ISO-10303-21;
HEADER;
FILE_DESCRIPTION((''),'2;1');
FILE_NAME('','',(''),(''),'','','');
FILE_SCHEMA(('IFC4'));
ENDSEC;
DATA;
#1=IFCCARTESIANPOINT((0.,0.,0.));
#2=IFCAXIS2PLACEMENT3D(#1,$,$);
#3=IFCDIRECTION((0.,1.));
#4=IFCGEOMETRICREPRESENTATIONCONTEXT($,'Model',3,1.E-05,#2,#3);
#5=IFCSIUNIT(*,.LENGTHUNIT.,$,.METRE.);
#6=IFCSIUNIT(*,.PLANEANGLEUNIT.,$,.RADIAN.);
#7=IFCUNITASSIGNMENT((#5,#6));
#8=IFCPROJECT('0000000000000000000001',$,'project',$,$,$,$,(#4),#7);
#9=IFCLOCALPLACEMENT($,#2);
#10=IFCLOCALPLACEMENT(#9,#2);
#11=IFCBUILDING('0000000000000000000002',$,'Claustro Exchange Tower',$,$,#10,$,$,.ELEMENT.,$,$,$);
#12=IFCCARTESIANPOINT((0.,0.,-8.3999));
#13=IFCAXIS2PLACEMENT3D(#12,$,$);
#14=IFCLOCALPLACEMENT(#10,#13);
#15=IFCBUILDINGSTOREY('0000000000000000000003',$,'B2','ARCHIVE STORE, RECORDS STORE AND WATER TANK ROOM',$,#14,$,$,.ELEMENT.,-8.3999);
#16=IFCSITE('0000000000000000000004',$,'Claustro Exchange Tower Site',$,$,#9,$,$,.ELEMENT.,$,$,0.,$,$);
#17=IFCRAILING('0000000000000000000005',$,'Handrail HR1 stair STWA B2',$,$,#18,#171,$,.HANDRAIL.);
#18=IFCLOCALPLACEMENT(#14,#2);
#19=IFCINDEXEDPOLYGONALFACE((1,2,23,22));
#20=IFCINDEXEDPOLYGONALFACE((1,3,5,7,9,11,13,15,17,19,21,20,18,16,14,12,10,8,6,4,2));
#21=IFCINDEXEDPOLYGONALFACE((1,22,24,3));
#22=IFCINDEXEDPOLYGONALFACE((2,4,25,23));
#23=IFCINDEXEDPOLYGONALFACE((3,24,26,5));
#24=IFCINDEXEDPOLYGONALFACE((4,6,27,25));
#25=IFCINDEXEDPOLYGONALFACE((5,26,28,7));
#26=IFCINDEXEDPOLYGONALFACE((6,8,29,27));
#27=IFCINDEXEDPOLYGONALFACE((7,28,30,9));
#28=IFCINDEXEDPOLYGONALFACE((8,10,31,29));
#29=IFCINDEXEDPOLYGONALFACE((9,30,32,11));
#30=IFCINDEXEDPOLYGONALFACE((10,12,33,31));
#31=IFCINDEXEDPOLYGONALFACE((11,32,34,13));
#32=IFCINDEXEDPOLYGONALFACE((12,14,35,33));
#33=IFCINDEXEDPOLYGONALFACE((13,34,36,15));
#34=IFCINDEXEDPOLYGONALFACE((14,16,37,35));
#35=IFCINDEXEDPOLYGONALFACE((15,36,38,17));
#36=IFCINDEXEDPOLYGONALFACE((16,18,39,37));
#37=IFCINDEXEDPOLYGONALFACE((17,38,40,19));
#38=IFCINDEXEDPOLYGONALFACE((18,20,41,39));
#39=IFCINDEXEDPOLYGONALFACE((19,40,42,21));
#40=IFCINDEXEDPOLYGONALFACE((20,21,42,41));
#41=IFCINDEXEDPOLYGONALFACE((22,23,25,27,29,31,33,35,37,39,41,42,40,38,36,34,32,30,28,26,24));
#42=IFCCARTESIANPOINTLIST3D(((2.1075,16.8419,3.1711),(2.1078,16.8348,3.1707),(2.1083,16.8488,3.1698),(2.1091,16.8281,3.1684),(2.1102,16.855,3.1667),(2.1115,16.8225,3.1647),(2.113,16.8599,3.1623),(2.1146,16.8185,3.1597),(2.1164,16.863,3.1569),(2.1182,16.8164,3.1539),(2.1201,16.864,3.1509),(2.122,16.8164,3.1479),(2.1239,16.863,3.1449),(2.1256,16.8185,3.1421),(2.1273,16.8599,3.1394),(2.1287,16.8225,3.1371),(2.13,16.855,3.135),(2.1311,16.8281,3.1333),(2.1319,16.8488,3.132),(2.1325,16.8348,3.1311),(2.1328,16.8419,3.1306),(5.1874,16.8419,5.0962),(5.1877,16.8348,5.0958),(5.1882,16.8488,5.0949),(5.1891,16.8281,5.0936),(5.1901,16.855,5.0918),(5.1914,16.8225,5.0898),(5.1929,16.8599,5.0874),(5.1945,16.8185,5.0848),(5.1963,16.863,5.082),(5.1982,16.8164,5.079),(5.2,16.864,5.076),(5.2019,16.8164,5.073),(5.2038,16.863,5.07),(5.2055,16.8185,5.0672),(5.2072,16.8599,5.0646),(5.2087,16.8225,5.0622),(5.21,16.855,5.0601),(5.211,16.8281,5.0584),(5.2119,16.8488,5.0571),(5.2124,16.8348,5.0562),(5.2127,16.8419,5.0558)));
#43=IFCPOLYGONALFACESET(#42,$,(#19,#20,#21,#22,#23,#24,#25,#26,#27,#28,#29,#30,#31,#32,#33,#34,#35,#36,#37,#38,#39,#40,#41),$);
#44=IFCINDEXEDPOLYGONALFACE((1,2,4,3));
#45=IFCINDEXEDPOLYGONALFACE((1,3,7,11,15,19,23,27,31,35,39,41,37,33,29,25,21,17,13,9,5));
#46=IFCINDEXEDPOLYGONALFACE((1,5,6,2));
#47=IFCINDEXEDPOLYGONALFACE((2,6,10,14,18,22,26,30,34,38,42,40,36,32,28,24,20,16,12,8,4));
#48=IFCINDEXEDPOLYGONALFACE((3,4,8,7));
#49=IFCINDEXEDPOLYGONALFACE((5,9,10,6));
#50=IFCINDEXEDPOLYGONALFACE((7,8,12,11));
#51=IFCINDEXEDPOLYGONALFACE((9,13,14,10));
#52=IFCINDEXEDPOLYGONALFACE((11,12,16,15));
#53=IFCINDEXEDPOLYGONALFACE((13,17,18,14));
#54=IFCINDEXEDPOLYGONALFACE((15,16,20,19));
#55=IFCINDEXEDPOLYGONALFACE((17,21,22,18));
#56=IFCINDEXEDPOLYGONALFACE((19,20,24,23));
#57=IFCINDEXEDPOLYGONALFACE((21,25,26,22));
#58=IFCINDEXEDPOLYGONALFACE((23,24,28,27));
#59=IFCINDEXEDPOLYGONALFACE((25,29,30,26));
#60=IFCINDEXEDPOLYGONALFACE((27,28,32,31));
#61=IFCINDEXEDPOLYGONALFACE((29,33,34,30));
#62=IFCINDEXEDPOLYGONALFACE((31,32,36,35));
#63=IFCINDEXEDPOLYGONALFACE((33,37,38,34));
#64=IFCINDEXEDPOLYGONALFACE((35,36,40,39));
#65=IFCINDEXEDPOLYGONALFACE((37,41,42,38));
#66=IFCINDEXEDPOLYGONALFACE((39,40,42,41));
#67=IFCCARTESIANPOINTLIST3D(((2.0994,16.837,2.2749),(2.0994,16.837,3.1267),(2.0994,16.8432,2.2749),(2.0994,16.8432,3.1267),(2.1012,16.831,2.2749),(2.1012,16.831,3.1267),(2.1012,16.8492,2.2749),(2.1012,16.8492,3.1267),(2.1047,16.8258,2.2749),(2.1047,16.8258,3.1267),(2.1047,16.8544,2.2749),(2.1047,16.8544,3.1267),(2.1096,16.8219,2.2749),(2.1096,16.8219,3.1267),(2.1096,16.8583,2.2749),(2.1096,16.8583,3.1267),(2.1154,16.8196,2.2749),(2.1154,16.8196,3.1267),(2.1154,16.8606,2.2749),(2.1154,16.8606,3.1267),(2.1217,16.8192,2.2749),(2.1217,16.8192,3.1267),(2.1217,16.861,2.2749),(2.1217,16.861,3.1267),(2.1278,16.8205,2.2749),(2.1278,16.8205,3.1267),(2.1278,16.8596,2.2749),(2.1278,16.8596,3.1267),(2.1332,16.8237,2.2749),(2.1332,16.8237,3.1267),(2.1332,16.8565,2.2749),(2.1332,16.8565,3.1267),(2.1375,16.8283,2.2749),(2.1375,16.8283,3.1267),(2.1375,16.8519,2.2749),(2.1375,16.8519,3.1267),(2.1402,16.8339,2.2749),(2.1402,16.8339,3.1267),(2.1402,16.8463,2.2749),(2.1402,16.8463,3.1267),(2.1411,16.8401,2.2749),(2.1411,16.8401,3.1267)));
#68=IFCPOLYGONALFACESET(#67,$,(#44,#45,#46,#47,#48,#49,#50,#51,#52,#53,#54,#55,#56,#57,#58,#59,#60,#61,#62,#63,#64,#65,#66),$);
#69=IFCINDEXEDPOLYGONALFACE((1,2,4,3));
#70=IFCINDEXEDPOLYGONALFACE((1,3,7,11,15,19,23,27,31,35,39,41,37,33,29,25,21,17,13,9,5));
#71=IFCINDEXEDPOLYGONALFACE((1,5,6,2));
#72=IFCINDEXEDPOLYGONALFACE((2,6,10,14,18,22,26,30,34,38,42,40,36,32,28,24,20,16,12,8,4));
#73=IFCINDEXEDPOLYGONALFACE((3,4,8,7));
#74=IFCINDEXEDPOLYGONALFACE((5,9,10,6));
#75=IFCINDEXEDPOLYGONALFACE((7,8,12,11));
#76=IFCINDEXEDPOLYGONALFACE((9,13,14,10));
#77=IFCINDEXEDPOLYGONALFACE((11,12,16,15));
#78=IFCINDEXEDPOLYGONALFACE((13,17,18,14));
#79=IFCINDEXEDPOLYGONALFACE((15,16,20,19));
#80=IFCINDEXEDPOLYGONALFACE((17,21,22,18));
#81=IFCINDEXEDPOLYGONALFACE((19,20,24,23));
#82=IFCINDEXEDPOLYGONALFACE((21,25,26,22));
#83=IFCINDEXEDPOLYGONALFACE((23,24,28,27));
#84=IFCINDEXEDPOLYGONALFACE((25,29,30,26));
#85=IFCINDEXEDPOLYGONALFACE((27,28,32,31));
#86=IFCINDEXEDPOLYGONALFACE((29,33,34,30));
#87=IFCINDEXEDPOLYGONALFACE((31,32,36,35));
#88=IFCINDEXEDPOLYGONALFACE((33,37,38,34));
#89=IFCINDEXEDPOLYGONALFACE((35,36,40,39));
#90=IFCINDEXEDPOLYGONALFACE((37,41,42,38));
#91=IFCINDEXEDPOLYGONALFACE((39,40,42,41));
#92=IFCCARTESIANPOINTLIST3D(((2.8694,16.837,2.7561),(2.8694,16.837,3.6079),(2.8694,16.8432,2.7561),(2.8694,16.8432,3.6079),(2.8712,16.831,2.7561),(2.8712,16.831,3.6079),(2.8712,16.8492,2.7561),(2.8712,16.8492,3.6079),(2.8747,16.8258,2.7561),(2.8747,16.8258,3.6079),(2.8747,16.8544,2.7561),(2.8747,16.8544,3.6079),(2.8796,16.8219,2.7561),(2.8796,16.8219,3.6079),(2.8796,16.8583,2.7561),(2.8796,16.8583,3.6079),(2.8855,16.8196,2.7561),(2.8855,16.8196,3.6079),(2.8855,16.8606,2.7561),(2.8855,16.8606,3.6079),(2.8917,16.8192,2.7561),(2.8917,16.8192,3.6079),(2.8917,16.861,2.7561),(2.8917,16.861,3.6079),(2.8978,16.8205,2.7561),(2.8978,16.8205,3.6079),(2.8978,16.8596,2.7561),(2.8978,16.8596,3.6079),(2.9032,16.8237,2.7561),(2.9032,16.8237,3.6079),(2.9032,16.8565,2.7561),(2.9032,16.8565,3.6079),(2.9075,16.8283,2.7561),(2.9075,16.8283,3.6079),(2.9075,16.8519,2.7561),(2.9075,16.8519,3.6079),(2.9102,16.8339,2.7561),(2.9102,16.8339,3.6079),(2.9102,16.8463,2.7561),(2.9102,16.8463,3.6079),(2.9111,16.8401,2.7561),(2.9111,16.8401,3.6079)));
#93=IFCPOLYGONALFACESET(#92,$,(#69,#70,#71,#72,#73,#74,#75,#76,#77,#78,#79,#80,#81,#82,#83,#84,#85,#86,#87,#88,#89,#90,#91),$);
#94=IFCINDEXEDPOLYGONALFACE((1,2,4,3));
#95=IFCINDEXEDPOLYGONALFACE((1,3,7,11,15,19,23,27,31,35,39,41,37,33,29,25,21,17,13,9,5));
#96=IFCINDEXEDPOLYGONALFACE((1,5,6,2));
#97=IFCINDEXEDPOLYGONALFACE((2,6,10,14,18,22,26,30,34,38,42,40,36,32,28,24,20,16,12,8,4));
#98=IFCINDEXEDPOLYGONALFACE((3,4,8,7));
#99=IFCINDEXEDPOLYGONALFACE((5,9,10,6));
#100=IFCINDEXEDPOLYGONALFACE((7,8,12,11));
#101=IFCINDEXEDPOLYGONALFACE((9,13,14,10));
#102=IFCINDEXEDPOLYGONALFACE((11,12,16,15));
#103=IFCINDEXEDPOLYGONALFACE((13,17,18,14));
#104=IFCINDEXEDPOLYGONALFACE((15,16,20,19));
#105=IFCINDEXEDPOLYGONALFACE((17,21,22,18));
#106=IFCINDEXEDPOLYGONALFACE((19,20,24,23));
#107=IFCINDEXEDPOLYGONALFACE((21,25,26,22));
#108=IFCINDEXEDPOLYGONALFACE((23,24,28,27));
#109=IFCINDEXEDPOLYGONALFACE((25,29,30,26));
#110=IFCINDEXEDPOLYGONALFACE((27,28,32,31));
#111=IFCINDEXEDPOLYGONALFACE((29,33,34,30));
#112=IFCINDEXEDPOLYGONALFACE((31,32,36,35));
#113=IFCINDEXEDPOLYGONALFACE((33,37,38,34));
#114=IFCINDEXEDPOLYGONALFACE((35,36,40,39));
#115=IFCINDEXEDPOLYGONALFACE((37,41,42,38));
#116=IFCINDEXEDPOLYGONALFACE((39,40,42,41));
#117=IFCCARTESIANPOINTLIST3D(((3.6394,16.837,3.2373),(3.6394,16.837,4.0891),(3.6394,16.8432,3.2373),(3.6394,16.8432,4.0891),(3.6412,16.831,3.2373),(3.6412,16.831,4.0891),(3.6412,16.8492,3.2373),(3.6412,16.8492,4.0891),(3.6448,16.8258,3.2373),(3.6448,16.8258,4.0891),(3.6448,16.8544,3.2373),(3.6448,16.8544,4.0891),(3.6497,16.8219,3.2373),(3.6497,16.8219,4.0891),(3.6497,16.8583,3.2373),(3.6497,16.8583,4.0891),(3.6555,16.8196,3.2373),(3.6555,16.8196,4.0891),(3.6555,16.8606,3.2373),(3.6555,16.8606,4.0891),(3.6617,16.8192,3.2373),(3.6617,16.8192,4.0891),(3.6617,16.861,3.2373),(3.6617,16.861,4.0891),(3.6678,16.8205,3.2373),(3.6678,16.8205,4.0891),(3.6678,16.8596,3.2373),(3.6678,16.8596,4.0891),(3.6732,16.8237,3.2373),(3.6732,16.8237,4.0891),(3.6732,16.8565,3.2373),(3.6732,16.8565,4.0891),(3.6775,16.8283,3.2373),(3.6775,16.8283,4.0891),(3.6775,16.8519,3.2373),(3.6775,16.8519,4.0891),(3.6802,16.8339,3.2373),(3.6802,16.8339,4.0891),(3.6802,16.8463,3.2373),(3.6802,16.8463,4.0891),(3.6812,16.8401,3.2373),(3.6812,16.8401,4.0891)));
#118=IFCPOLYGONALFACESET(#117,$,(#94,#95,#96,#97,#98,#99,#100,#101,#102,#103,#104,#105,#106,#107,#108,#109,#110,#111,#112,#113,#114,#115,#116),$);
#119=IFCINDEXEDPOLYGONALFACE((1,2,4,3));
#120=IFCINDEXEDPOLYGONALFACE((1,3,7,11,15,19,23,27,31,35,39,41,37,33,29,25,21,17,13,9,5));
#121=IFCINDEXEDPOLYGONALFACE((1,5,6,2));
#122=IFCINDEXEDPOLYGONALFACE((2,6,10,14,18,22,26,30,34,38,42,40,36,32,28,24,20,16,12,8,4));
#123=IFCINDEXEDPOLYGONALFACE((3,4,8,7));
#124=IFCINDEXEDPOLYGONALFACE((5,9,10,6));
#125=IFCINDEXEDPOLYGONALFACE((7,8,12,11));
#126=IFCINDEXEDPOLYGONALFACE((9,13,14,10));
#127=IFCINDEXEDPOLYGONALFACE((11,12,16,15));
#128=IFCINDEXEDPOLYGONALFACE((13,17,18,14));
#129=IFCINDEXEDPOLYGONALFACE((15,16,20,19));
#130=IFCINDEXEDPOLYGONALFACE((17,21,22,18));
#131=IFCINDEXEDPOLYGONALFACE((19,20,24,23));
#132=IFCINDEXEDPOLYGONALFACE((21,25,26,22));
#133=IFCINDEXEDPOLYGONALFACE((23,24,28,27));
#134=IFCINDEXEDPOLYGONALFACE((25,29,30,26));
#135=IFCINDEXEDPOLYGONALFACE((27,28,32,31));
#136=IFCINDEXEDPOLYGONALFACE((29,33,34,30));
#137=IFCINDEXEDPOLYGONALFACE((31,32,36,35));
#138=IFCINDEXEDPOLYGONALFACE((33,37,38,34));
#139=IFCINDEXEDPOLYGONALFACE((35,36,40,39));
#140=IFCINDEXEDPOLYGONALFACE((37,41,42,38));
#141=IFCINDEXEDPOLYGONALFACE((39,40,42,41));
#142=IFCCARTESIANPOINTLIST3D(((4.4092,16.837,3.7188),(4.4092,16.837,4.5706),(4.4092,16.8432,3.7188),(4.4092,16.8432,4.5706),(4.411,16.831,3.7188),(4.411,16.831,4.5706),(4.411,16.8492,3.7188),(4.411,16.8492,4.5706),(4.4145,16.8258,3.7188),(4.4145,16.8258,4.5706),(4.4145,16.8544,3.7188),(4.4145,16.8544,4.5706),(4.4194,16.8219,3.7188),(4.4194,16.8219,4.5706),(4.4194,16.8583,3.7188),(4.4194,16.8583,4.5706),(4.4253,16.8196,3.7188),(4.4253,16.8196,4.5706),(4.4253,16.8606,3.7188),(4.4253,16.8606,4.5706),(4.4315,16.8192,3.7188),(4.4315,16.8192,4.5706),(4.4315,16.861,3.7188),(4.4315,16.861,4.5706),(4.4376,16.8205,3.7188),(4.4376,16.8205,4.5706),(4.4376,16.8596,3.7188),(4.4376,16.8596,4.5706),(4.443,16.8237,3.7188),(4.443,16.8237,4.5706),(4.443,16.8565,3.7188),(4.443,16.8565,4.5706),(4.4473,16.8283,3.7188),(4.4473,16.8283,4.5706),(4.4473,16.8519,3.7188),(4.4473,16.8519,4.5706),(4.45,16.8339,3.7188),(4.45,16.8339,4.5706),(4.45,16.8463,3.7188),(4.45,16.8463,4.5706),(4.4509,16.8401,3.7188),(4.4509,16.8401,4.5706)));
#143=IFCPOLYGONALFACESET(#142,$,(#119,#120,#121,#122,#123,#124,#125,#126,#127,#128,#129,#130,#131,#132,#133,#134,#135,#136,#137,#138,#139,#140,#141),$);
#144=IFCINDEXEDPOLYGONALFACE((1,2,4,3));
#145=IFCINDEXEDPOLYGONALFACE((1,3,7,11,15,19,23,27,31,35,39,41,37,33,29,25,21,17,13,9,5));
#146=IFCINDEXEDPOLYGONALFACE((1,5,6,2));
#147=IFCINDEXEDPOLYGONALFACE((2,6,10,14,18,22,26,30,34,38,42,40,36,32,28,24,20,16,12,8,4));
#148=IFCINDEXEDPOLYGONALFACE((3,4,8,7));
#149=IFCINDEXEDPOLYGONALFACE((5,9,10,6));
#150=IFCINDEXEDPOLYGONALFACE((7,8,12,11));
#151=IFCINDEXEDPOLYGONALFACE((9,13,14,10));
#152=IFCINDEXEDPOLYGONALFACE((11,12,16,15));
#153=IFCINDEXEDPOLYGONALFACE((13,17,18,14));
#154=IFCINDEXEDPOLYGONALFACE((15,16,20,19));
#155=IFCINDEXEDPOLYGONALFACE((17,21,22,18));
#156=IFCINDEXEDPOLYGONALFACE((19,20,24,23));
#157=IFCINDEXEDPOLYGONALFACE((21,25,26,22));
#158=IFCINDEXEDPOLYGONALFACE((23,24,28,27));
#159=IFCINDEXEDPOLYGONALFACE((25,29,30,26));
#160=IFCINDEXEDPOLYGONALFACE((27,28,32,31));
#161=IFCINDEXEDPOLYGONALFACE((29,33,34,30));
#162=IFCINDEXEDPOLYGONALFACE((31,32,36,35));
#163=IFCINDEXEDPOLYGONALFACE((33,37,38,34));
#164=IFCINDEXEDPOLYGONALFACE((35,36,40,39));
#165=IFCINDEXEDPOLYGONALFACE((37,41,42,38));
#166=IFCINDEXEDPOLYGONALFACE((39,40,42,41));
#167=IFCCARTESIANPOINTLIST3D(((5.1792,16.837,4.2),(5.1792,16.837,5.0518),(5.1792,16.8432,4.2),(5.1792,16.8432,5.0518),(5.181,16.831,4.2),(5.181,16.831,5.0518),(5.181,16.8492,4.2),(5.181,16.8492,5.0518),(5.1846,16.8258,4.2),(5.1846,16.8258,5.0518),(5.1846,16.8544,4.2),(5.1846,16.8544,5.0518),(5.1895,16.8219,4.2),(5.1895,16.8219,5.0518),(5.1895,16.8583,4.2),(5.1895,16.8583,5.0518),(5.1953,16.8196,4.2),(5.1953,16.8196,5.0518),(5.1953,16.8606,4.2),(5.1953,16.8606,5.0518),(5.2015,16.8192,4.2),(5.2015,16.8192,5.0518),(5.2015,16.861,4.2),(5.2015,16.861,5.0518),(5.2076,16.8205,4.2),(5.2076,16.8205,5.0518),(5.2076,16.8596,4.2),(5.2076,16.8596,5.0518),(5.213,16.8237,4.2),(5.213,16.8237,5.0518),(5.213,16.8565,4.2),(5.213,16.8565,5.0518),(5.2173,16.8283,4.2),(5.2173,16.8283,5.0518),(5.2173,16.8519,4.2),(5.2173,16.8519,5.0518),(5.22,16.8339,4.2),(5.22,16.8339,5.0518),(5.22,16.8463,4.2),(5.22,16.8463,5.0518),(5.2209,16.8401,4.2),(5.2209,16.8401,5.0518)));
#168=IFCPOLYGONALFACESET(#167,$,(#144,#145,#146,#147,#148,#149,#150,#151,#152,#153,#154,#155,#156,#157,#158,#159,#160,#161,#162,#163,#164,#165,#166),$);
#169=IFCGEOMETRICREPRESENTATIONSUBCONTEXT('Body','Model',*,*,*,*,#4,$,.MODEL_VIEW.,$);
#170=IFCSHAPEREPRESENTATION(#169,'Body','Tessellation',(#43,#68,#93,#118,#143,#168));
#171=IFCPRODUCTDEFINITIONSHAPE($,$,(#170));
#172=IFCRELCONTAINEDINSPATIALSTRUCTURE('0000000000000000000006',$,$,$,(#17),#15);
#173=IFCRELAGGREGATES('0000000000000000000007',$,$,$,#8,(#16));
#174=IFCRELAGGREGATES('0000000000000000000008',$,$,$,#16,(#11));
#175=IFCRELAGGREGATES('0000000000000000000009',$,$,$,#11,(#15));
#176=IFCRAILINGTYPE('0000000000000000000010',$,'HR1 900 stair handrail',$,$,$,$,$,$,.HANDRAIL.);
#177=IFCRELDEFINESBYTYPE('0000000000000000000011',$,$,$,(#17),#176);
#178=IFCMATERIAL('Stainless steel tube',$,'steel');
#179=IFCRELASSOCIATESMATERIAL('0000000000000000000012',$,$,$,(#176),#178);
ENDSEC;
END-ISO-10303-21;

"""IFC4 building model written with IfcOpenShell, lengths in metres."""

from ifc_helpers import new_model, si_unit, direction, frame, origin, origin_2d, place, context, subcontext, project, spatial, circle, extrude, material, type_object, element, save


model = new_model("IFC4")

# Units and contexts
model_context = context("Model", 3, precision=1e-05, world=origin(), true_north=direction((0.0, 1.0)))
body_context = subcontext(model_context, "Body", "Model", "MODEL_VIEW")
ifc_project = project(units=[si_unit("LENGTHUNIT", "METRE"), si_unit("PLANEANGLEUNIT", "RADIAN")], contexts=[model_context])

# Site, building, storey
site_placement = place(None, origin())
site = spatial("IfcSite", under=ifc_project, at=site_placement, Name="Claustro Exchange Tower Site", CompositionType="ELEMENT", RefElevation=0.0)
building_placement = place(site_placement, origin())
building = spatial("IfcBuilding", under=site, at=building_placement, Name="Claustro Exchange Tower", CompositionType="ELEMENT")
storey_placement = place(building_placement, frame((0.0, 0.0, -8.3999)))
storey = spatial("IfcBuildingStorey", under=building, at=storey_placement, Name="B2", Description="ARCHIVE STORE, RECORDS STORE AND WATER TANK ROOM", CompositionType="ELEMENT", Elevation=-8.3999)

# Railing
ifc_material_1 = material(Name="Stainless steel tube", Category="steel")
railing_type_1 = type_object("IfcRailingType", Name="HR1 900 stair handrail", PredefinedType="HANDRAIL", material=ifc_material_1)
railing_1_placement = place(storey_placement, frame((2.1201, 16.8401, 2.2749)))
element("IfcRailing", 1, at=railing_1_placement, inside=storey, type_object=railing_type_1, Name="Handrail HR1 stair STWA B2", PredefinedType="HANDRAIL", context=body_context, shape_type="SweptSolid", body=[
    extrude(circle(Radius=0.0239, at=origin_2d()), frame((0.0, 0.0, 0.876), z_axis=(0.847979, 0.0, 0.530029), x_axis=(0.0, 1.0, 0.0)), (0.0, 0.0, 1.0), 3.6321),
    extrude(circle(Radius=0.021, at=origin_2d()), origin(), (0.0, 0.0, 1.0), 0.8518),
    extrude(circle(Radius=0.021, at=origin_2d()), frame((0.77, 0.0, 0.4812)), (0.0, 0.0, 1.0), 0.8518),
    extrude(circle(Radius=0.021, at=origin_2d()), frame((1.54, 0.0, 0.9624)), (0.0, 0.0, 1.0), 0.8518),
    extrude(circle(Radius=0.021, at=origin_2d()), frame((2.3098, 0.0, 1.4438)), (0.0, 0.0, 1.0), 0.8518),
    extrude(circle(Radius=0.021, at=origin_2d()), frame((3.0798, 0.0, 1.925)), (0.0, 0.0, 1.0), 0.8518),
])

save(model, "model.ifc")
